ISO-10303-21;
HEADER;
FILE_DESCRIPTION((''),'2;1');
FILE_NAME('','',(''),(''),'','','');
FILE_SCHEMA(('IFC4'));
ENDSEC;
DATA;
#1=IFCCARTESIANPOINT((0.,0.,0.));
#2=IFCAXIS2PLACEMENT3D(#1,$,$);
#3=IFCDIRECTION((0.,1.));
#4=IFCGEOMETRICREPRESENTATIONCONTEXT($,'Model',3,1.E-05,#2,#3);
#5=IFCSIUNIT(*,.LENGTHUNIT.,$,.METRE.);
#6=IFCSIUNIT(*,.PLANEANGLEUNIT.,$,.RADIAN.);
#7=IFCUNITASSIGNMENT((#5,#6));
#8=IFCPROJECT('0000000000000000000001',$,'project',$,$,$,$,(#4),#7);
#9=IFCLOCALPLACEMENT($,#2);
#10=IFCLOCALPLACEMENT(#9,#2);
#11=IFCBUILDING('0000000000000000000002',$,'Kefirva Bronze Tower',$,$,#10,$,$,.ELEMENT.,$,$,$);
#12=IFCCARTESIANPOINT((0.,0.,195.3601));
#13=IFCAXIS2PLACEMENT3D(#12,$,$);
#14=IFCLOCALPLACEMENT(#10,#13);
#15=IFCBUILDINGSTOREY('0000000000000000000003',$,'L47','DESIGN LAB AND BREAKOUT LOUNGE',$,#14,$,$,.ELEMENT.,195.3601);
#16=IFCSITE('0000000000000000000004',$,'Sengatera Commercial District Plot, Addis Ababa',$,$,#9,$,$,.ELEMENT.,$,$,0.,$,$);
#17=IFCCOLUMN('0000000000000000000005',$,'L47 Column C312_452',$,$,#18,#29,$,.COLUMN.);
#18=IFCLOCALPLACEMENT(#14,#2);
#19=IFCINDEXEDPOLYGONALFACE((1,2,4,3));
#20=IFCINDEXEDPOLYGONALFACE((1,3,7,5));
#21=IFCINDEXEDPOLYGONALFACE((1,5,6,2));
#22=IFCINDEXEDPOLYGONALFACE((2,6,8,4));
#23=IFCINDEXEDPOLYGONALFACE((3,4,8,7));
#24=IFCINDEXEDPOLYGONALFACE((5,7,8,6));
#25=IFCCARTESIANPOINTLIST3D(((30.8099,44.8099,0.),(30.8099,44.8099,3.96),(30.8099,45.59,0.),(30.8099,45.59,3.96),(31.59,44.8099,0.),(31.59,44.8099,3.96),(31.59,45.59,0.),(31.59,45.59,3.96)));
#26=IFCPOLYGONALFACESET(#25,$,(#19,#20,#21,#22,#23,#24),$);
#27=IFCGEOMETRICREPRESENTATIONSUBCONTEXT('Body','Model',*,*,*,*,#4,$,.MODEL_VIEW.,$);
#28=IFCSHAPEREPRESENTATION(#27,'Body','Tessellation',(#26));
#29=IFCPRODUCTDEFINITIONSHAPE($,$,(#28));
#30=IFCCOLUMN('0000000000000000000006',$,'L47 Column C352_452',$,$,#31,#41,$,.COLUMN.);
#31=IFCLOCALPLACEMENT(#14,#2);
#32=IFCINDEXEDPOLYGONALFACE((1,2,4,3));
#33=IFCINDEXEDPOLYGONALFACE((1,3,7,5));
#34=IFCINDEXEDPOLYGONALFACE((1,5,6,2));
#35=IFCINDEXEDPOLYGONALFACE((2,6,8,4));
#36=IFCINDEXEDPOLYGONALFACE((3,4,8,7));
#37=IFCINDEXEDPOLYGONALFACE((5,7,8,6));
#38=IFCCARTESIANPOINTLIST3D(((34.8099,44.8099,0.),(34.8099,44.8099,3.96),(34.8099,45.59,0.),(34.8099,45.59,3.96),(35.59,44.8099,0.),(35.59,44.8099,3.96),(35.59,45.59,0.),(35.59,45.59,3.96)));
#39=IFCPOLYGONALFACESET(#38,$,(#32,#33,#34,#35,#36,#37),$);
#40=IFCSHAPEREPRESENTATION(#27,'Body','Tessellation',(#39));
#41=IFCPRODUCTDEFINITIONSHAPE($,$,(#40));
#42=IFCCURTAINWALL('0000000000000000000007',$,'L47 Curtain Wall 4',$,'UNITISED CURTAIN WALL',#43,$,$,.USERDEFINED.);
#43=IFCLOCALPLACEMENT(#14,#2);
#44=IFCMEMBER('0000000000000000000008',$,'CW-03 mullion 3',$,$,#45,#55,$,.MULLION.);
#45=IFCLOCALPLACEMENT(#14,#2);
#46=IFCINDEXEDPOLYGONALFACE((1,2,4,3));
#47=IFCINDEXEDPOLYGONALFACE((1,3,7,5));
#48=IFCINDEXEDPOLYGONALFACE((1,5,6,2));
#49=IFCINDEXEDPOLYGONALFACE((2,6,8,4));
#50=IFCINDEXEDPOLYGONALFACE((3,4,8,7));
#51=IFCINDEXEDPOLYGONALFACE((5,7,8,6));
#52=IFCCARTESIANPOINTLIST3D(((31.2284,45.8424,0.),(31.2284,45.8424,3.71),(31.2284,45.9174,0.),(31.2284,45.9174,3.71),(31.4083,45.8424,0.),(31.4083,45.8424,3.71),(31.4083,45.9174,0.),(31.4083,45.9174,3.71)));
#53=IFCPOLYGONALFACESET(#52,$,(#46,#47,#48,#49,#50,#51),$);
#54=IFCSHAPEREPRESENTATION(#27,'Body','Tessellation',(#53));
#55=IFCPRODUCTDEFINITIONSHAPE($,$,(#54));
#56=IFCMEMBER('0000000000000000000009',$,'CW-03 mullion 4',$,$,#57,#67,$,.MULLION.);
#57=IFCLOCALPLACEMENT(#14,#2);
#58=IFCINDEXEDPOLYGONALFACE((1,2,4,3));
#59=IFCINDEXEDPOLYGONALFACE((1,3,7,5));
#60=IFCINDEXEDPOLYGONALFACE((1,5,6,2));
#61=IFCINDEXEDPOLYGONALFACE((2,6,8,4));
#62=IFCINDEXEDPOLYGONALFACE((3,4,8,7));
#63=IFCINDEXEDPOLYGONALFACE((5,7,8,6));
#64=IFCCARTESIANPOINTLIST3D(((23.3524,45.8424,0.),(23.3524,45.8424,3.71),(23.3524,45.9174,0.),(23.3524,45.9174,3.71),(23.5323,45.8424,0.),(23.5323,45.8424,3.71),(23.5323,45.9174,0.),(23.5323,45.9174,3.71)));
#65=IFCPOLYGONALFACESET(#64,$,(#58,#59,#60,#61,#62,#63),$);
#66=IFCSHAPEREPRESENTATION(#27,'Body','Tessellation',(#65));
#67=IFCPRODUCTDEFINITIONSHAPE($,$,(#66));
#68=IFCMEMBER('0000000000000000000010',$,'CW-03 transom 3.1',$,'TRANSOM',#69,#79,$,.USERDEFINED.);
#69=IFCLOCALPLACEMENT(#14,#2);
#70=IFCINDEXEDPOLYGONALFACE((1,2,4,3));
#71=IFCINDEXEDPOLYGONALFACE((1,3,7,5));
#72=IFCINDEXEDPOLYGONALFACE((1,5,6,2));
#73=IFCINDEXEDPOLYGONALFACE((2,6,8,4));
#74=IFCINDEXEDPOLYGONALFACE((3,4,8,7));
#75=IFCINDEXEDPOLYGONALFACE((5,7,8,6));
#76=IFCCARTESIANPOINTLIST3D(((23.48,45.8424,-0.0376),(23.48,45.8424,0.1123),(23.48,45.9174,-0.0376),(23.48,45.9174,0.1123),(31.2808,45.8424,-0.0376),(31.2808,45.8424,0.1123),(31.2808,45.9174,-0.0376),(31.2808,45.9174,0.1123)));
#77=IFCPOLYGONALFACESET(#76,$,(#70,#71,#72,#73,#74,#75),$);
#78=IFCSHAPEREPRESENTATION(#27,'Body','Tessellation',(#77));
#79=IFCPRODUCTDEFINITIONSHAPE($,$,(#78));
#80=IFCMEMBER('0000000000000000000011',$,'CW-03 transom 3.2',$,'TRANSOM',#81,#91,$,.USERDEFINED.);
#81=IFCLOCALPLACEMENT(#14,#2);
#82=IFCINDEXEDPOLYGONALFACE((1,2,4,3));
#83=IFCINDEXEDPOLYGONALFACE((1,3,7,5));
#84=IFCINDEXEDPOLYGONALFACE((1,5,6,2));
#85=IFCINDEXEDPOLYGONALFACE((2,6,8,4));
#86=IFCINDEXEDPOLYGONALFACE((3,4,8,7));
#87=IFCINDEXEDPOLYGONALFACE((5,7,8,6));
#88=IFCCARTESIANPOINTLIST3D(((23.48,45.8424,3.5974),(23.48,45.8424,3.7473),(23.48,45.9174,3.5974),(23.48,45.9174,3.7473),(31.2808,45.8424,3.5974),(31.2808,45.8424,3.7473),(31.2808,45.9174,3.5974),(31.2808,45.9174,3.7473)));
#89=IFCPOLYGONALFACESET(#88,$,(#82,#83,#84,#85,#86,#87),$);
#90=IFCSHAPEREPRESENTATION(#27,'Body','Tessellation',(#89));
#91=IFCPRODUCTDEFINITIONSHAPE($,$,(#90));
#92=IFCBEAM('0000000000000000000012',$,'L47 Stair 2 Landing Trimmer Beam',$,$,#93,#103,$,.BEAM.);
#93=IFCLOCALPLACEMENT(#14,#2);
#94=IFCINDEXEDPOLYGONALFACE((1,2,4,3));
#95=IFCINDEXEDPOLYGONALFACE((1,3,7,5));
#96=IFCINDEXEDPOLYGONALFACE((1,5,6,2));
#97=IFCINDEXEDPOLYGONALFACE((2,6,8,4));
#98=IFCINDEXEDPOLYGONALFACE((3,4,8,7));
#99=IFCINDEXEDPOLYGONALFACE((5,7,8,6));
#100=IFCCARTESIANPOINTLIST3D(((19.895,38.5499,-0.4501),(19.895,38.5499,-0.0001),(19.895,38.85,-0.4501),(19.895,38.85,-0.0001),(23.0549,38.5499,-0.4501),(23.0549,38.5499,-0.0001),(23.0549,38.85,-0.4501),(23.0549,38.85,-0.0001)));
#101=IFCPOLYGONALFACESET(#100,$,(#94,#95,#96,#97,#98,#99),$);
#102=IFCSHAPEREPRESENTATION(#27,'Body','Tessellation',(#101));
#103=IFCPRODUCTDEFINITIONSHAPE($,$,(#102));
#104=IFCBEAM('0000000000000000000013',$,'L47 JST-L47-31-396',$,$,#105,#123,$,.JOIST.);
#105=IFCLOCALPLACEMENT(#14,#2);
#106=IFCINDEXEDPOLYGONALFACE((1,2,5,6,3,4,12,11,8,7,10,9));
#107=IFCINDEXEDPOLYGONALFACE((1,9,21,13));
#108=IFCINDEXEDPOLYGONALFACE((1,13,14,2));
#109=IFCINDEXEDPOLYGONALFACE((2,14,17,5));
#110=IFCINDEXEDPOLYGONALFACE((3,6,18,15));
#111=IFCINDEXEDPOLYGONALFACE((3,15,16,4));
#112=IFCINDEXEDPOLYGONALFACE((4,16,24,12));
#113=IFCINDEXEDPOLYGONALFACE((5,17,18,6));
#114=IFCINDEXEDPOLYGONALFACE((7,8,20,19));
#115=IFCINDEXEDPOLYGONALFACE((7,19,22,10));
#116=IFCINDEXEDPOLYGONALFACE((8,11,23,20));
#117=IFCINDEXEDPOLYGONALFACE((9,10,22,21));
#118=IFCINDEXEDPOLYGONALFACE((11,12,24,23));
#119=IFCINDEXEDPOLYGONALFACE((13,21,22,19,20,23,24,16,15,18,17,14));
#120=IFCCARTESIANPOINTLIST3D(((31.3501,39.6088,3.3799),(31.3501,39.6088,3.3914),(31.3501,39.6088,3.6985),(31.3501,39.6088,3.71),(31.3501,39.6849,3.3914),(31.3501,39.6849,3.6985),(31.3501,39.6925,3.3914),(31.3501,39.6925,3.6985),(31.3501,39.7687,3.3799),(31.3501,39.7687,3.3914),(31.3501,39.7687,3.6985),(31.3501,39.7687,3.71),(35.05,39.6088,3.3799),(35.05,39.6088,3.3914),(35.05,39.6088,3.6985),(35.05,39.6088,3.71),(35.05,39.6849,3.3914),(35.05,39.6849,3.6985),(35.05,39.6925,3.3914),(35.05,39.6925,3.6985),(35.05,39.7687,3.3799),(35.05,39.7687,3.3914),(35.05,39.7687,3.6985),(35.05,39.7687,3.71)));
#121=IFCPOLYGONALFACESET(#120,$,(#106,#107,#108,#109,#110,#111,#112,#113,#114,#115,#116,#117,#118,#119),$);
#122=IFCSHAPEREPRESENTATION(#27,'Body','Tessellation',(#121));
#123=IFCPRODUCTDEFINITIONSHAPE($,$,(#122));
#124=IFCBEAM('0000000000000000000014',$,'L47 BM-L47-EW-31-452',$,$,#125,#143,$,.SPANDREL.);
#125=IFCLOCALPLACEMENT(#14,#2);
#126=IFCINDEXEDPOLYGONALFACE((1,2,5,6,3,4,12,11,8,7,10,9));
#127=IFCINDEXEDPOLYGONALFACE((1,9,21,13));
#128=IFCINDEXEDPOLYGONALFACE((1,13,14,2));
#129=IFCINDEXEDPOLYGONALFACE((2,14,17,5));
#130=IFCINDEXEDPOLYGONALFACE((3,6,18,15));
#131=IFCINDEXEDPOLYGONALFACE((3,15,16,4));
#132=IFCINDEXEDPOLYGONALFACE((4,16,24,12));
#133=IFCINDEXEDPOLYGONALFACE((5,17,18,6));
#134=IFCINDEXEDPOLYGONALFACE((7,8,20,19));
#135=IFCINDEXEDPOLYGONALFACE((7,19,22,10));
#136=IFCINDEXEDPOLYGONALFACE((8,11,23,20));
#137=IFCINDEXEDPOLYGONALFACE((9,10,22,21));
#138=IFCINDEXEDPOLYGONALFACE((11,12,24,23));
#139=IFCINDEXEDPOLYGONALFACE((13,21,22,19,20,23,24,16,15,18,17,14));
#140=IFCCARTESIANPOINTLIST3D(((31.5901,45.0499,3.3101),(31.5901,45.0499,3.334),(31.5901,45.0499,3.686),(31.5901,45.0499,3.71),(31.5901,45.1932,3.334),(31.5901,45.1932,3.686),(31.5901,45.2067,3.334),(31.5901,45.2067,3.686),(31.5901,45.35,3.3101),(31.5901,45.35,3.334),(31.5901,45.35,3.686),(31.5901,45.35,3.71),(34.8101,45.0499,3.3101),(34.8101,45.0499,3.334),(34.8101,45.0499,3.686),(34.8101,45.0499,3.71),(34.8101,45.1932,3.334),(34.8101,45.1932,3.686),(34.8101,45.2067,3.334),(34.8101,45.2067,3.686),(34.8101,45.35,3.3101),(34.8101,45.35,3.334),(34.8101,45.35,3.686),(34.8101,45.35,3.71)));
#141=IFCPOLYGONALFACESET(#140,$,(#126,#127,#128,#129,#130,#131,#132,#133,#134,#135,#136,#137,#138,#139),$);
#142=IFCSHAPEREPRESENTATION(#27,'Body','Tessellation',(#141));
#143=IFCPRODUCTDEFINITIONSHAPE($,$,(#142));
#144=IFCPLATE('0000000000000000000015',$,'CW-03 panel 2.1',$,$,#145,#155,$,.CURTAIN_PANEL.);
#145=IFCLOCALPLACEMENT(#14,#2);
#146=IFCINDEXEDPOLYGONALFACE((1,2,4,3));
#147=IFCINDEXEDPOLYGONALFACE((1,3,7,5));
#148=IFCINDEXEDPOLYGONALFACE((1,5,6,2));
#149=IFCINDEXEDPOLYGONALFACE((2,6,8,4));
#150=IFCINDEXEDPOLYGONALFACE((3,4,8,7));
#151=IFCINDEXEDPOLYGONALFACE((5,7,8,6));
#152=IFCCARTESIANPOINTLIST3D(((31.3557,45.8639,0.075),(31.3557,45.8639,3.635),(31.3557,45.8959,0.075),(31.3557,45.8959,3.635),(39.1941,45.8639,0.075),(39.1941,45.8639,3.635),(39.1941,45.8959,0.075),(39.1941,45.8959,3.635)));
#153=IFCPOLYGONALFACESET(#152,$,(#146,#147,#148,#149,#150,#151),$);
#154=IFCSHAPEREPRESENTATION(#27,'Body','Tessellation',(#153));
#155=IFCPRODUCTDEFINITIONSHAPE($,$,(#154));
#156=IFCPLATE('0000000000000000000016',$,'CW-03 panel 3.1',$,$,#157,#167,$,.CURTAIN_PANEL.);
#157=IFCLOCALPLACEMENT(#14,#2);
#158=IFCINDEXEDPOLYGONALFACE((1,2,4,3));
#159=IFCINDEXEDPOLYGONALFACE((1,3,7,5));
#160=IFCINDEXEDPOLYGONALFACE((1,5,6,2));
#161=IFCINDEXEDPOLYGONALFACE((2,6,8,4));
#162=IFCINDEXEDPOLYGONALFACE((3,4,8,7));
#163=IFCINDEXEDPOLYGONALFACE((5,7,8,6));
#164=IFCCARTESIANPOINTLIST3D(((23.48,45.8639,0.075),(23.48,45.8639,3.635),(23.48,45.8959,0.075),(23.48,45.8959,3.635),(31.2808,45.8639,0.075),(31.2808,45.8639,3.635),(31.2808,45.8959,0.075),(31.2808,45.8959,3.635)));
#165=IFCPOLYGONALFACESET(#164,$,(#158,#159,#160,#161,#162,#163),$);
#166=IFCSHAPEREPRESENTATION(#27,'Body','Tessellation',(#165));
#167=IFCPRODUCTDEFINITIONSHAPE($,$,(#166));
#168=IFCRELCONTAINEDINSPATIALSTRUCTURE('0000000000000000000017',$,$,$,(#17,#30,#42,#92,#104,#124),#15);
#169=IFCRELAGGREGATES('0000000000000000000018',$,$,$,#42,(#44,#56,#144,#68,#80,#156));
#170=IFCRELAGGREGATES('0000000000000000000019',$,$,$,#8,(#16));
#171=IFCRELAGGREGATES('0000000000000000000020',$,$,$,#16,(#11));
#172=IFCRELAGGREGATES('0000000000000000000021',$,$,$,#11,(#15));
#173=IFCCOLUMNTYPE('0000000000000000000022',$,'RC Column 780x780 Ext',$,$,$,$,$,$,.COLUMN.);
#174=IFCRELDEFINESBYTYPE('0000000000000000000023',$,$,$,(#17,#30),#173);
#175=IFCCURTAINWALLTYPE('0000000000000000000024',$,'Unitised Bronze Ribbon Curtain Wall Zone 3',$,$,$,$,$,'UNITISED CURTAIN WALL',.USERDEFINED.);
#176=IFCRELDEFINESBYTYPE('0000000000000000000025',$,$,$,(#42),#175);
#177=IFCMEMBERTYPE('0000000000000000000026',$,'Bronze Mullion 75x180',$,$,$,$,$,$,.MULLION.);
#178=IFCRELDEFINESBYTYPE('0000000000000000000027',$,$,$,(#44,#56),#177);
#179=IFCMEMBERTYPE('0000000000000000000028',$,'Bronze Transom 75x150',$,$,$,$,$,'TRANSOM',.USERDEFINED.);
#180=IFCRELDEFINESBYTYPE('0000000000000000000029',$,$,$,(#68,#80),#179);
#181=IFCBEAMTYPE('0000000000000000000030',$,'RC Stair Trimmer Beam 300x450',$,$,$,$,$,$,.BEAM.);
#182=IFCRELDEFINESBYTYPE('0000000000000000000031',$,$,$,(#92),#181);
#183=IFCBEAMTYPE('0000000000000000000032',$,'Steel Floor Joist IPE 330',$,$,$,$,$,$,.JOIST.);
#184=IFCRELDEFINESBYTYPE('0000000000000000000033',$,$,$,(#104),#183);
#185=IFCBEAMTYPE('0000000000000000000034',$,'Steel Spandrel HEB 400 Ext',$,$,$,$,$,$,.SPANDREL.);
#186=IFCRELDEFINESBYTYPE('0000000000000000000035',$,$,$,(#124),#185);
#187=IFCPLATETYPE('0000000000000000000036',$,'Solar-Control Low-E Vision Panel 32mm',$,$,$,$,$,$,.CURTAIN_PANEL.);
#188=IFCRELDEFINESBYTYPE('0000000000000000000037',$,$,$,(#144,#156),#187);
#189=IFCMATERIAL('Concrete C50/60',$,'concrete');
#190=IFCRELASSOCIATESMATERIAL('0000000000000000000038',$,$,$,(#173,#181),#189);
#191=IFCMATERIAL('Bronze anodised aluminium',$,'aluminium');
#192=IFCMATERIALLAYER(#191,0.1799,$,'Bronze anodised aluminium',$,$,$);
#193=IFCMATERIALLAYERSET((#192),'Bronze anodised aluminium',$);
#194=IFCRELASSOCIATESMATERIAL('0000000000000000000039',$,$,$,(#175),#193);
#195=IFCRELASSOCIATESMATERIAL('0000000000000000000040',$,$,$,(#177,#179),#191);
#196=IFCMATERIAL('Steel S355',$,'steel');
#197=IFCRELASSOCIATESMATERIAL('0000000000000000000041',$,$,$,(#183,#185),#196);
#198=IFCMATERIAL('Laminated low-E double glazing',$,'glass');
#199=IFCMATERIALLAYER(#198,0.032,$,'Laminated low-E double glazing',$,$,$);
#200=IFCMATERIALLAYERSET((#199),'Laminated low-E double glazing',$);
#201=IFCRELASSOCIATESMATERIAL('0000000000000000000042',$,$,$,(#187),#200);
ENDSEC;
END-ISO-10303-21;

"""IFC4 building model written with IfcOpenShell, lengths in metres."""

from ifc_helpers import new_model, si_unit, direction, frame, origin, origin_2d, place, context, subcontext, project, spatial, rectangle, i_section, extrude, material, layer, layer_set, material_profile, profile_set, type_object, element, aggregate, save


model = new_model("IFC4")

# Units and contexts
model_context = context("Model", 3, precision=1e-05, world=origin(), true_north=direction((0.0, 1.0)))
body_context = subcontext(model_context, "Body", "Model", "MODEL_VIEW")
ifc_project = project(units=[si_unit("LENGTHUNIT", "METRE"), si_unit("PLANEANGLEUNIT", "RADIAN")], contexts=[model_context])

# Site, building, storey
site_placement = place(None, origin())
site = spatial("IfcSite", under=ifc_project, at=site_placement, Name="Sengatera Commercial District Plot, Addis Ababa", CompositionType="ELEMENT", RefElevation=0.0)
building_placement = place(site_placement, origin())
building = spatial("IfcBuilding", under=site, at=building_placement, Name="Kefirva Bronze Tower", CompositionType="ELEMENT")
storey_placement = place(building_placement, frame((0.0, 0.0, 195.3601)))
storey = spatial("IfcBuildingStorey", under=building, at=storey_placement, Name="L47", Description="DESIGN LAB AND BREAKOUT LOUNGE", CompositionType="ELEMENT", Elevation=195.3601)

# Columns
ifc_material_1 = material(Name="Concrete C50/60", Category="concrete")
ifc_material_profile_1 = material_profile(ifc_material_1, rectangle(XDim=0.78, YDim=0.78, at=origin_2d()), Name="RC 780x780")
ifc_profile_set_1 = profile_set([ifc_material_profile_1], Name="Concrete C50/60")
column_type = type_object("IfcColumnType", Name="RC Column 780x780 Ext", PredefinedType="COLUMN", material=ifc_profile_set_1)
for number, where, z_axis, x_axis, name in (
    (1, (31.2, 45.2, 0.0), (0.0, 0.0, 1.0), (1.0, 0.0, 0.0), "L47 Column C312_452"),
    (2, (35.2, 45.2, 0.0), (0.0, 0.0, 1.0), (1.0, 0.0, 0.0), "L47 Column C352_452"),
):
    element("IfcColumn", number, at=place(storey_placement, frame(where, z_axis=z_axis, x_axis=x_axis)), inside=storey, type_object=column_type, Name=name, PredefinedType="COLUMN", context=body_context, shape_type="SweptSolid", body=[
        extrude(rectangle(XDim=0.78, YDim=0.78, at=origin_2d()), origin(), (0.0, 0.0, 1.0), 3.96),
    ])

# Curtain wall, members
ifc_material_2 = material(Name="Bronze anodised aluminium", Category="aluminium")
ifc_layer_1 = layer(ifc_material_2, 0.1799, Name="Bronze anodised aluminium")
ifc_layer_set_1 = layer_set([ifc_layer_1], Name="Bronze anodised aluminium")
curtain_wall_type = type_object("IfcCurtainWallType", Name="Unitised Bronze Ribbon Curtain Wall Zone 3", ElementType="UNITISED CURTAIN WALL", PredefinedType="USERDEFINED", material=ifc_layer_set_1)
curtain_wall_placement = place(storey_placement, origin())
curtain_wall = element("IfcCurtainWall", 3, at=curtain_wall_placement, inside=storey, type_object=curtain_wall_type, Name="L47 Curtain Wall 4", ObjectType="UNITISED CURTAIN WALL", PredefinedType="USERDEFINED")
ifc_material_profile_2 = material_profile(ifc_material_2, rectangle(XDim=0.075, YDim=0.1799, at=origin_2d()), Name="ALU 75x180")
ifc_profile_set_2 = profile_set([ifc_material_profile_2], Name="Bronze anodised aluminium")
member_type_1 = type_object("IfcMemberType", Name="Bronze Mullion 75x180", PredefinedType="MULLION", material=ifc_profile_set_2)
member_1_placement = place(storey_placement, frame((31.3184, 45.8799, 0.0), z_axis=(0.0, 0.0, 1.0), x_axis=(0.0, -1.0, 0.0)))
member_1 = element("IfcMember", 4, at=member_1_placement, type_object=member_type_1, Name="CW-03 mullion 3", PredefinedType="MULLION", context=body_context, shape_type="SweptSolid", body=[
    extrude(rectangle(XDim=0.075, YDim=0.1799, at=origin_2d()), origin(), (0.0, 0.0, 1.0), 3.71),
])
member_2_placement = place(storey_placement, frame((23.4424, 45.8799, 0.0), z_axis=(0.0, 0.0, 1.0), x_axis=(0.0, -1.0, 0.0)))
member_2 = element("IfcMember", 5, at=member_2_placement, type_object=member_type_1, Name="CW-03 mullion 4", PredefinedType="MULLION", context=body_context, shape_type="SweptSolid", body=[
    extrude(rectangle(XDim=0.075, YDim=0.1799, at=origin_2d()), origin(), (0.0, 0.0, 1.0), 3.71),
])
ifc_material_profile_3 = material_profile(ifc_material_2, rectangle(XDim=0.075, YDim=0.1499, at=origin_2d()), Name="ALU 75x150")
ifc_profile_set_3 = profile_set([ifc_material_profile_3], Name="Bronze anodised aluminium")
member_type_2 = type_object("IfcMemberType", Name="Bronze Transom 75x150", ElementType="TRANSOM", PredefinedType="USERDEFINED", material=ifc_profile_set_3)
member_3_placement = place(storey_placement, frame((31.2808, 45.8799, 0.0374), z_axis=(-1.0, 0.0, 0.0), x_axis=(0.0, -1.0, 0.0)))
member_3 = element("IfcMember", 6, at=member_3_placement, type_object=member_type_2, Name="CW-03 transom 3.1", ObjectType="TRANSOM", PredefinedType="USERDEFINED", context=body_context, shape_type="SweptSolid", body=[
    extrude(rectangle(XDim=0.075, YDim=0.1499, at=origin_2d()), origin(), (0.0, 0.0, 1.0), 7.8008),
])
member_4_placement = place(storey_placement, frame((31.2808, 45.8799, 3.6724), z_axis=(-1.0, 0.0, 0.0), x_axis=(0.0, -1.0, 0.0)))
member_4 = element("IfcMember", 7, at=member_4_placement, type_object=member_type_2, Name="CW-03 transom 3.2", ObjectType="TRANSOM", PredefinedType="USERDEFINED", context=body_context, shape_type="SweptSolid", body=[
    extrude(rectangle(XDim=0.075, YDim=0.1499, at=origin_2d()), origin(), (0.0, 0.0, 1.0), 7.8008),
])

# Beams
ifc_material_profile_4 = material_profile(ifc_material_1, rectangle(XDim=0.3, YDim=0.45, at=origin_2d()), Name="RC 300x450")
ifc_profile_set_4 = profile_set([ifc_material_profile_4], Name="Concrete C50/60")
beam_type_1 = type_object("IfcBeamType", Name="RC Stair Trimmer Beam 300x450", PredefinedType="BEAM", material=ifc_profile_set_4)
beam_1_placement = place(storey_placement, frame((19.895, 38.7, -0.2251), z_axis=(1.0, 0.0, 0.0), x_axis=(0.0, 1.0, 0.0)))
element("IfcBeam", 8, at=beam_1_placement, inside=storey, type_object=beam_type_1, Name="L47 Stair 2 Landing Trimmer Beam", PredefinedType="BEAM", context=body_context, shape_type="SweptSolid", body=[
    extrude(rectangle(XDim=0.3, YDim=0.45, at=origin_2d()), origin(), (0.0, 0.0, 1.0), 3.1599),
])
ifc_material_3 = material(Name="Steel S355", Category="steel")
ifc_material_profile_5 = material_profile(ifc_material_3, i_section(OverallWidth=0.1599, OverallDepth=0.3301, WebThickness=0.0076, FlangeThickness=0.0115, at=origin_2d()), Name="IPE 330")
ifc_profile_set_5 = profile_set([ifc_material_profile_5], Name="Steel S355")
beam_type_2 = type_object("IfcBeamType", Name="Steel Floor Joist IPE 330", PredefinedType="JOIST", material=ifc_profile_set_5)
beam_2_placement = place(storey_placement, frame((31.3501, 39.6887, 3.5449), z_axis=(1.0, 0.0, 0.0), x_axis=(0.0, 1.0, 0.0)))
element("IfcBeam", 9, at=beam_2_placement, inside=storey, type_object=beam_type_2, Name="L47 JST-L47-31-396", PredefinedType="JOIST", context=body_context, shape_type="SweptSolid", body=[
    extrude(i_section(OverallWidth=0.1599, OverallDepth=0.3301, WebThickness=0.0076, FlangeThickness=0.0115, at=origin_2d()), origin(), (0.0, 0.0, 1.0), 3.7),
])
ifc_material_profile_6 = material_profile(ifc_material_3, i_section(OverallWidth=0.3, OverallDepth=0.3999, WebThickness=0.0134, FlangeThickness=0.0239, at=origin_2d()), Name="HEB 400")
ifc_profile_set_6 = profile_set([ifc_material_profile_6], Name="Steel S355")
beam_type_3 = type_object("IfcBeamType", Name="Steel Spandrel HEB 400 Ext", PredefinedType="SPANDREL", material=ifc_profile_set_6)
beam_3_placement = place(storey_placement, frame((31.5901, 45.2, 3.51), z_axis=(1.0, 0.0, 0.0), x_axis=(0.0, 1.0, 0.0)))
element("IfcBeam", 10, at=beam_3_placement, inside=storey, type_object=beam_type_3, Name="L47 BM-L47-EW-31-452", PredefinedType="SPANDREL", context=body_context, shape_type="SweptSolid", body=[
    extrude(i_section(OverallWidth=0.3, OverallDepth=0.3999, WebThickness=0.0134, FlangeThickness=0.0239, at=origin_2d()), origin(), (0.0, 0.0, 1.0), 3.22),
])

# Plates
ifc_material_4 = material(Name="Laminated low-E double glazing", Category="glass")
ifc_layer_2 = layer(ifc_material_4, 0.032, Name="Laminated low-E double glazing")
ifc_layer_set_2 = layer_set([ifc_layer_2], Name="Laminated low-E double glazing")
plate_type = type_object("IfcPlateType", Name="Solar-Control Low-E Vision Panel 32mm", PredefinedType="CURTAIN_PANEL", material=ifc_layer_set_2)
plate_1_placement = place(storey_placement, frame((35.2749, 45.8799, 0.075), z_axis=(0.0, 0.0, 1.0), x_axis=(-1.0, 0.0, 0.0)))
plate_1 = element("IfcPlate", 11, at=plate_1_placement, type_object=plate_type, Name="CW-03 panel 2.1", PredefinedType="CURTAIN_PANEL", context=body_context, shape_type="SweptSolid", body=[
    extrude(rectangle(XDim=7.8384, YDim=0.032, at=origin_2d()), origin(), (0.0, 0.0, 1.0), 3.5601),
])
plate_2_placement = place(storey_placement, frame((27.3804, 45.8799, 0.075), z_axis=(0.0, 0.0, 1.0), x_axis=(-1.0, 0.0, 0.0)))
plate_2 = element("IfcPlate", 12, at=plate_2_placement, type_object=plate_type, Name="CW-03 panel 3.1", PredefinedType="CURTAIN_PANEL", context=body_context, shape_type="SweptSolid", body=[
    extrude(rectangle(XDim=7.8008, YDim=0.032, at=origin_2d()), origin(), (0.0, 0.0, 1.0), 3.5601),
])
aggregate(curtain_wall, [member_1, member_2, plate_1, member_3, member_4, plate_2])

save(model, "model.ifc")
